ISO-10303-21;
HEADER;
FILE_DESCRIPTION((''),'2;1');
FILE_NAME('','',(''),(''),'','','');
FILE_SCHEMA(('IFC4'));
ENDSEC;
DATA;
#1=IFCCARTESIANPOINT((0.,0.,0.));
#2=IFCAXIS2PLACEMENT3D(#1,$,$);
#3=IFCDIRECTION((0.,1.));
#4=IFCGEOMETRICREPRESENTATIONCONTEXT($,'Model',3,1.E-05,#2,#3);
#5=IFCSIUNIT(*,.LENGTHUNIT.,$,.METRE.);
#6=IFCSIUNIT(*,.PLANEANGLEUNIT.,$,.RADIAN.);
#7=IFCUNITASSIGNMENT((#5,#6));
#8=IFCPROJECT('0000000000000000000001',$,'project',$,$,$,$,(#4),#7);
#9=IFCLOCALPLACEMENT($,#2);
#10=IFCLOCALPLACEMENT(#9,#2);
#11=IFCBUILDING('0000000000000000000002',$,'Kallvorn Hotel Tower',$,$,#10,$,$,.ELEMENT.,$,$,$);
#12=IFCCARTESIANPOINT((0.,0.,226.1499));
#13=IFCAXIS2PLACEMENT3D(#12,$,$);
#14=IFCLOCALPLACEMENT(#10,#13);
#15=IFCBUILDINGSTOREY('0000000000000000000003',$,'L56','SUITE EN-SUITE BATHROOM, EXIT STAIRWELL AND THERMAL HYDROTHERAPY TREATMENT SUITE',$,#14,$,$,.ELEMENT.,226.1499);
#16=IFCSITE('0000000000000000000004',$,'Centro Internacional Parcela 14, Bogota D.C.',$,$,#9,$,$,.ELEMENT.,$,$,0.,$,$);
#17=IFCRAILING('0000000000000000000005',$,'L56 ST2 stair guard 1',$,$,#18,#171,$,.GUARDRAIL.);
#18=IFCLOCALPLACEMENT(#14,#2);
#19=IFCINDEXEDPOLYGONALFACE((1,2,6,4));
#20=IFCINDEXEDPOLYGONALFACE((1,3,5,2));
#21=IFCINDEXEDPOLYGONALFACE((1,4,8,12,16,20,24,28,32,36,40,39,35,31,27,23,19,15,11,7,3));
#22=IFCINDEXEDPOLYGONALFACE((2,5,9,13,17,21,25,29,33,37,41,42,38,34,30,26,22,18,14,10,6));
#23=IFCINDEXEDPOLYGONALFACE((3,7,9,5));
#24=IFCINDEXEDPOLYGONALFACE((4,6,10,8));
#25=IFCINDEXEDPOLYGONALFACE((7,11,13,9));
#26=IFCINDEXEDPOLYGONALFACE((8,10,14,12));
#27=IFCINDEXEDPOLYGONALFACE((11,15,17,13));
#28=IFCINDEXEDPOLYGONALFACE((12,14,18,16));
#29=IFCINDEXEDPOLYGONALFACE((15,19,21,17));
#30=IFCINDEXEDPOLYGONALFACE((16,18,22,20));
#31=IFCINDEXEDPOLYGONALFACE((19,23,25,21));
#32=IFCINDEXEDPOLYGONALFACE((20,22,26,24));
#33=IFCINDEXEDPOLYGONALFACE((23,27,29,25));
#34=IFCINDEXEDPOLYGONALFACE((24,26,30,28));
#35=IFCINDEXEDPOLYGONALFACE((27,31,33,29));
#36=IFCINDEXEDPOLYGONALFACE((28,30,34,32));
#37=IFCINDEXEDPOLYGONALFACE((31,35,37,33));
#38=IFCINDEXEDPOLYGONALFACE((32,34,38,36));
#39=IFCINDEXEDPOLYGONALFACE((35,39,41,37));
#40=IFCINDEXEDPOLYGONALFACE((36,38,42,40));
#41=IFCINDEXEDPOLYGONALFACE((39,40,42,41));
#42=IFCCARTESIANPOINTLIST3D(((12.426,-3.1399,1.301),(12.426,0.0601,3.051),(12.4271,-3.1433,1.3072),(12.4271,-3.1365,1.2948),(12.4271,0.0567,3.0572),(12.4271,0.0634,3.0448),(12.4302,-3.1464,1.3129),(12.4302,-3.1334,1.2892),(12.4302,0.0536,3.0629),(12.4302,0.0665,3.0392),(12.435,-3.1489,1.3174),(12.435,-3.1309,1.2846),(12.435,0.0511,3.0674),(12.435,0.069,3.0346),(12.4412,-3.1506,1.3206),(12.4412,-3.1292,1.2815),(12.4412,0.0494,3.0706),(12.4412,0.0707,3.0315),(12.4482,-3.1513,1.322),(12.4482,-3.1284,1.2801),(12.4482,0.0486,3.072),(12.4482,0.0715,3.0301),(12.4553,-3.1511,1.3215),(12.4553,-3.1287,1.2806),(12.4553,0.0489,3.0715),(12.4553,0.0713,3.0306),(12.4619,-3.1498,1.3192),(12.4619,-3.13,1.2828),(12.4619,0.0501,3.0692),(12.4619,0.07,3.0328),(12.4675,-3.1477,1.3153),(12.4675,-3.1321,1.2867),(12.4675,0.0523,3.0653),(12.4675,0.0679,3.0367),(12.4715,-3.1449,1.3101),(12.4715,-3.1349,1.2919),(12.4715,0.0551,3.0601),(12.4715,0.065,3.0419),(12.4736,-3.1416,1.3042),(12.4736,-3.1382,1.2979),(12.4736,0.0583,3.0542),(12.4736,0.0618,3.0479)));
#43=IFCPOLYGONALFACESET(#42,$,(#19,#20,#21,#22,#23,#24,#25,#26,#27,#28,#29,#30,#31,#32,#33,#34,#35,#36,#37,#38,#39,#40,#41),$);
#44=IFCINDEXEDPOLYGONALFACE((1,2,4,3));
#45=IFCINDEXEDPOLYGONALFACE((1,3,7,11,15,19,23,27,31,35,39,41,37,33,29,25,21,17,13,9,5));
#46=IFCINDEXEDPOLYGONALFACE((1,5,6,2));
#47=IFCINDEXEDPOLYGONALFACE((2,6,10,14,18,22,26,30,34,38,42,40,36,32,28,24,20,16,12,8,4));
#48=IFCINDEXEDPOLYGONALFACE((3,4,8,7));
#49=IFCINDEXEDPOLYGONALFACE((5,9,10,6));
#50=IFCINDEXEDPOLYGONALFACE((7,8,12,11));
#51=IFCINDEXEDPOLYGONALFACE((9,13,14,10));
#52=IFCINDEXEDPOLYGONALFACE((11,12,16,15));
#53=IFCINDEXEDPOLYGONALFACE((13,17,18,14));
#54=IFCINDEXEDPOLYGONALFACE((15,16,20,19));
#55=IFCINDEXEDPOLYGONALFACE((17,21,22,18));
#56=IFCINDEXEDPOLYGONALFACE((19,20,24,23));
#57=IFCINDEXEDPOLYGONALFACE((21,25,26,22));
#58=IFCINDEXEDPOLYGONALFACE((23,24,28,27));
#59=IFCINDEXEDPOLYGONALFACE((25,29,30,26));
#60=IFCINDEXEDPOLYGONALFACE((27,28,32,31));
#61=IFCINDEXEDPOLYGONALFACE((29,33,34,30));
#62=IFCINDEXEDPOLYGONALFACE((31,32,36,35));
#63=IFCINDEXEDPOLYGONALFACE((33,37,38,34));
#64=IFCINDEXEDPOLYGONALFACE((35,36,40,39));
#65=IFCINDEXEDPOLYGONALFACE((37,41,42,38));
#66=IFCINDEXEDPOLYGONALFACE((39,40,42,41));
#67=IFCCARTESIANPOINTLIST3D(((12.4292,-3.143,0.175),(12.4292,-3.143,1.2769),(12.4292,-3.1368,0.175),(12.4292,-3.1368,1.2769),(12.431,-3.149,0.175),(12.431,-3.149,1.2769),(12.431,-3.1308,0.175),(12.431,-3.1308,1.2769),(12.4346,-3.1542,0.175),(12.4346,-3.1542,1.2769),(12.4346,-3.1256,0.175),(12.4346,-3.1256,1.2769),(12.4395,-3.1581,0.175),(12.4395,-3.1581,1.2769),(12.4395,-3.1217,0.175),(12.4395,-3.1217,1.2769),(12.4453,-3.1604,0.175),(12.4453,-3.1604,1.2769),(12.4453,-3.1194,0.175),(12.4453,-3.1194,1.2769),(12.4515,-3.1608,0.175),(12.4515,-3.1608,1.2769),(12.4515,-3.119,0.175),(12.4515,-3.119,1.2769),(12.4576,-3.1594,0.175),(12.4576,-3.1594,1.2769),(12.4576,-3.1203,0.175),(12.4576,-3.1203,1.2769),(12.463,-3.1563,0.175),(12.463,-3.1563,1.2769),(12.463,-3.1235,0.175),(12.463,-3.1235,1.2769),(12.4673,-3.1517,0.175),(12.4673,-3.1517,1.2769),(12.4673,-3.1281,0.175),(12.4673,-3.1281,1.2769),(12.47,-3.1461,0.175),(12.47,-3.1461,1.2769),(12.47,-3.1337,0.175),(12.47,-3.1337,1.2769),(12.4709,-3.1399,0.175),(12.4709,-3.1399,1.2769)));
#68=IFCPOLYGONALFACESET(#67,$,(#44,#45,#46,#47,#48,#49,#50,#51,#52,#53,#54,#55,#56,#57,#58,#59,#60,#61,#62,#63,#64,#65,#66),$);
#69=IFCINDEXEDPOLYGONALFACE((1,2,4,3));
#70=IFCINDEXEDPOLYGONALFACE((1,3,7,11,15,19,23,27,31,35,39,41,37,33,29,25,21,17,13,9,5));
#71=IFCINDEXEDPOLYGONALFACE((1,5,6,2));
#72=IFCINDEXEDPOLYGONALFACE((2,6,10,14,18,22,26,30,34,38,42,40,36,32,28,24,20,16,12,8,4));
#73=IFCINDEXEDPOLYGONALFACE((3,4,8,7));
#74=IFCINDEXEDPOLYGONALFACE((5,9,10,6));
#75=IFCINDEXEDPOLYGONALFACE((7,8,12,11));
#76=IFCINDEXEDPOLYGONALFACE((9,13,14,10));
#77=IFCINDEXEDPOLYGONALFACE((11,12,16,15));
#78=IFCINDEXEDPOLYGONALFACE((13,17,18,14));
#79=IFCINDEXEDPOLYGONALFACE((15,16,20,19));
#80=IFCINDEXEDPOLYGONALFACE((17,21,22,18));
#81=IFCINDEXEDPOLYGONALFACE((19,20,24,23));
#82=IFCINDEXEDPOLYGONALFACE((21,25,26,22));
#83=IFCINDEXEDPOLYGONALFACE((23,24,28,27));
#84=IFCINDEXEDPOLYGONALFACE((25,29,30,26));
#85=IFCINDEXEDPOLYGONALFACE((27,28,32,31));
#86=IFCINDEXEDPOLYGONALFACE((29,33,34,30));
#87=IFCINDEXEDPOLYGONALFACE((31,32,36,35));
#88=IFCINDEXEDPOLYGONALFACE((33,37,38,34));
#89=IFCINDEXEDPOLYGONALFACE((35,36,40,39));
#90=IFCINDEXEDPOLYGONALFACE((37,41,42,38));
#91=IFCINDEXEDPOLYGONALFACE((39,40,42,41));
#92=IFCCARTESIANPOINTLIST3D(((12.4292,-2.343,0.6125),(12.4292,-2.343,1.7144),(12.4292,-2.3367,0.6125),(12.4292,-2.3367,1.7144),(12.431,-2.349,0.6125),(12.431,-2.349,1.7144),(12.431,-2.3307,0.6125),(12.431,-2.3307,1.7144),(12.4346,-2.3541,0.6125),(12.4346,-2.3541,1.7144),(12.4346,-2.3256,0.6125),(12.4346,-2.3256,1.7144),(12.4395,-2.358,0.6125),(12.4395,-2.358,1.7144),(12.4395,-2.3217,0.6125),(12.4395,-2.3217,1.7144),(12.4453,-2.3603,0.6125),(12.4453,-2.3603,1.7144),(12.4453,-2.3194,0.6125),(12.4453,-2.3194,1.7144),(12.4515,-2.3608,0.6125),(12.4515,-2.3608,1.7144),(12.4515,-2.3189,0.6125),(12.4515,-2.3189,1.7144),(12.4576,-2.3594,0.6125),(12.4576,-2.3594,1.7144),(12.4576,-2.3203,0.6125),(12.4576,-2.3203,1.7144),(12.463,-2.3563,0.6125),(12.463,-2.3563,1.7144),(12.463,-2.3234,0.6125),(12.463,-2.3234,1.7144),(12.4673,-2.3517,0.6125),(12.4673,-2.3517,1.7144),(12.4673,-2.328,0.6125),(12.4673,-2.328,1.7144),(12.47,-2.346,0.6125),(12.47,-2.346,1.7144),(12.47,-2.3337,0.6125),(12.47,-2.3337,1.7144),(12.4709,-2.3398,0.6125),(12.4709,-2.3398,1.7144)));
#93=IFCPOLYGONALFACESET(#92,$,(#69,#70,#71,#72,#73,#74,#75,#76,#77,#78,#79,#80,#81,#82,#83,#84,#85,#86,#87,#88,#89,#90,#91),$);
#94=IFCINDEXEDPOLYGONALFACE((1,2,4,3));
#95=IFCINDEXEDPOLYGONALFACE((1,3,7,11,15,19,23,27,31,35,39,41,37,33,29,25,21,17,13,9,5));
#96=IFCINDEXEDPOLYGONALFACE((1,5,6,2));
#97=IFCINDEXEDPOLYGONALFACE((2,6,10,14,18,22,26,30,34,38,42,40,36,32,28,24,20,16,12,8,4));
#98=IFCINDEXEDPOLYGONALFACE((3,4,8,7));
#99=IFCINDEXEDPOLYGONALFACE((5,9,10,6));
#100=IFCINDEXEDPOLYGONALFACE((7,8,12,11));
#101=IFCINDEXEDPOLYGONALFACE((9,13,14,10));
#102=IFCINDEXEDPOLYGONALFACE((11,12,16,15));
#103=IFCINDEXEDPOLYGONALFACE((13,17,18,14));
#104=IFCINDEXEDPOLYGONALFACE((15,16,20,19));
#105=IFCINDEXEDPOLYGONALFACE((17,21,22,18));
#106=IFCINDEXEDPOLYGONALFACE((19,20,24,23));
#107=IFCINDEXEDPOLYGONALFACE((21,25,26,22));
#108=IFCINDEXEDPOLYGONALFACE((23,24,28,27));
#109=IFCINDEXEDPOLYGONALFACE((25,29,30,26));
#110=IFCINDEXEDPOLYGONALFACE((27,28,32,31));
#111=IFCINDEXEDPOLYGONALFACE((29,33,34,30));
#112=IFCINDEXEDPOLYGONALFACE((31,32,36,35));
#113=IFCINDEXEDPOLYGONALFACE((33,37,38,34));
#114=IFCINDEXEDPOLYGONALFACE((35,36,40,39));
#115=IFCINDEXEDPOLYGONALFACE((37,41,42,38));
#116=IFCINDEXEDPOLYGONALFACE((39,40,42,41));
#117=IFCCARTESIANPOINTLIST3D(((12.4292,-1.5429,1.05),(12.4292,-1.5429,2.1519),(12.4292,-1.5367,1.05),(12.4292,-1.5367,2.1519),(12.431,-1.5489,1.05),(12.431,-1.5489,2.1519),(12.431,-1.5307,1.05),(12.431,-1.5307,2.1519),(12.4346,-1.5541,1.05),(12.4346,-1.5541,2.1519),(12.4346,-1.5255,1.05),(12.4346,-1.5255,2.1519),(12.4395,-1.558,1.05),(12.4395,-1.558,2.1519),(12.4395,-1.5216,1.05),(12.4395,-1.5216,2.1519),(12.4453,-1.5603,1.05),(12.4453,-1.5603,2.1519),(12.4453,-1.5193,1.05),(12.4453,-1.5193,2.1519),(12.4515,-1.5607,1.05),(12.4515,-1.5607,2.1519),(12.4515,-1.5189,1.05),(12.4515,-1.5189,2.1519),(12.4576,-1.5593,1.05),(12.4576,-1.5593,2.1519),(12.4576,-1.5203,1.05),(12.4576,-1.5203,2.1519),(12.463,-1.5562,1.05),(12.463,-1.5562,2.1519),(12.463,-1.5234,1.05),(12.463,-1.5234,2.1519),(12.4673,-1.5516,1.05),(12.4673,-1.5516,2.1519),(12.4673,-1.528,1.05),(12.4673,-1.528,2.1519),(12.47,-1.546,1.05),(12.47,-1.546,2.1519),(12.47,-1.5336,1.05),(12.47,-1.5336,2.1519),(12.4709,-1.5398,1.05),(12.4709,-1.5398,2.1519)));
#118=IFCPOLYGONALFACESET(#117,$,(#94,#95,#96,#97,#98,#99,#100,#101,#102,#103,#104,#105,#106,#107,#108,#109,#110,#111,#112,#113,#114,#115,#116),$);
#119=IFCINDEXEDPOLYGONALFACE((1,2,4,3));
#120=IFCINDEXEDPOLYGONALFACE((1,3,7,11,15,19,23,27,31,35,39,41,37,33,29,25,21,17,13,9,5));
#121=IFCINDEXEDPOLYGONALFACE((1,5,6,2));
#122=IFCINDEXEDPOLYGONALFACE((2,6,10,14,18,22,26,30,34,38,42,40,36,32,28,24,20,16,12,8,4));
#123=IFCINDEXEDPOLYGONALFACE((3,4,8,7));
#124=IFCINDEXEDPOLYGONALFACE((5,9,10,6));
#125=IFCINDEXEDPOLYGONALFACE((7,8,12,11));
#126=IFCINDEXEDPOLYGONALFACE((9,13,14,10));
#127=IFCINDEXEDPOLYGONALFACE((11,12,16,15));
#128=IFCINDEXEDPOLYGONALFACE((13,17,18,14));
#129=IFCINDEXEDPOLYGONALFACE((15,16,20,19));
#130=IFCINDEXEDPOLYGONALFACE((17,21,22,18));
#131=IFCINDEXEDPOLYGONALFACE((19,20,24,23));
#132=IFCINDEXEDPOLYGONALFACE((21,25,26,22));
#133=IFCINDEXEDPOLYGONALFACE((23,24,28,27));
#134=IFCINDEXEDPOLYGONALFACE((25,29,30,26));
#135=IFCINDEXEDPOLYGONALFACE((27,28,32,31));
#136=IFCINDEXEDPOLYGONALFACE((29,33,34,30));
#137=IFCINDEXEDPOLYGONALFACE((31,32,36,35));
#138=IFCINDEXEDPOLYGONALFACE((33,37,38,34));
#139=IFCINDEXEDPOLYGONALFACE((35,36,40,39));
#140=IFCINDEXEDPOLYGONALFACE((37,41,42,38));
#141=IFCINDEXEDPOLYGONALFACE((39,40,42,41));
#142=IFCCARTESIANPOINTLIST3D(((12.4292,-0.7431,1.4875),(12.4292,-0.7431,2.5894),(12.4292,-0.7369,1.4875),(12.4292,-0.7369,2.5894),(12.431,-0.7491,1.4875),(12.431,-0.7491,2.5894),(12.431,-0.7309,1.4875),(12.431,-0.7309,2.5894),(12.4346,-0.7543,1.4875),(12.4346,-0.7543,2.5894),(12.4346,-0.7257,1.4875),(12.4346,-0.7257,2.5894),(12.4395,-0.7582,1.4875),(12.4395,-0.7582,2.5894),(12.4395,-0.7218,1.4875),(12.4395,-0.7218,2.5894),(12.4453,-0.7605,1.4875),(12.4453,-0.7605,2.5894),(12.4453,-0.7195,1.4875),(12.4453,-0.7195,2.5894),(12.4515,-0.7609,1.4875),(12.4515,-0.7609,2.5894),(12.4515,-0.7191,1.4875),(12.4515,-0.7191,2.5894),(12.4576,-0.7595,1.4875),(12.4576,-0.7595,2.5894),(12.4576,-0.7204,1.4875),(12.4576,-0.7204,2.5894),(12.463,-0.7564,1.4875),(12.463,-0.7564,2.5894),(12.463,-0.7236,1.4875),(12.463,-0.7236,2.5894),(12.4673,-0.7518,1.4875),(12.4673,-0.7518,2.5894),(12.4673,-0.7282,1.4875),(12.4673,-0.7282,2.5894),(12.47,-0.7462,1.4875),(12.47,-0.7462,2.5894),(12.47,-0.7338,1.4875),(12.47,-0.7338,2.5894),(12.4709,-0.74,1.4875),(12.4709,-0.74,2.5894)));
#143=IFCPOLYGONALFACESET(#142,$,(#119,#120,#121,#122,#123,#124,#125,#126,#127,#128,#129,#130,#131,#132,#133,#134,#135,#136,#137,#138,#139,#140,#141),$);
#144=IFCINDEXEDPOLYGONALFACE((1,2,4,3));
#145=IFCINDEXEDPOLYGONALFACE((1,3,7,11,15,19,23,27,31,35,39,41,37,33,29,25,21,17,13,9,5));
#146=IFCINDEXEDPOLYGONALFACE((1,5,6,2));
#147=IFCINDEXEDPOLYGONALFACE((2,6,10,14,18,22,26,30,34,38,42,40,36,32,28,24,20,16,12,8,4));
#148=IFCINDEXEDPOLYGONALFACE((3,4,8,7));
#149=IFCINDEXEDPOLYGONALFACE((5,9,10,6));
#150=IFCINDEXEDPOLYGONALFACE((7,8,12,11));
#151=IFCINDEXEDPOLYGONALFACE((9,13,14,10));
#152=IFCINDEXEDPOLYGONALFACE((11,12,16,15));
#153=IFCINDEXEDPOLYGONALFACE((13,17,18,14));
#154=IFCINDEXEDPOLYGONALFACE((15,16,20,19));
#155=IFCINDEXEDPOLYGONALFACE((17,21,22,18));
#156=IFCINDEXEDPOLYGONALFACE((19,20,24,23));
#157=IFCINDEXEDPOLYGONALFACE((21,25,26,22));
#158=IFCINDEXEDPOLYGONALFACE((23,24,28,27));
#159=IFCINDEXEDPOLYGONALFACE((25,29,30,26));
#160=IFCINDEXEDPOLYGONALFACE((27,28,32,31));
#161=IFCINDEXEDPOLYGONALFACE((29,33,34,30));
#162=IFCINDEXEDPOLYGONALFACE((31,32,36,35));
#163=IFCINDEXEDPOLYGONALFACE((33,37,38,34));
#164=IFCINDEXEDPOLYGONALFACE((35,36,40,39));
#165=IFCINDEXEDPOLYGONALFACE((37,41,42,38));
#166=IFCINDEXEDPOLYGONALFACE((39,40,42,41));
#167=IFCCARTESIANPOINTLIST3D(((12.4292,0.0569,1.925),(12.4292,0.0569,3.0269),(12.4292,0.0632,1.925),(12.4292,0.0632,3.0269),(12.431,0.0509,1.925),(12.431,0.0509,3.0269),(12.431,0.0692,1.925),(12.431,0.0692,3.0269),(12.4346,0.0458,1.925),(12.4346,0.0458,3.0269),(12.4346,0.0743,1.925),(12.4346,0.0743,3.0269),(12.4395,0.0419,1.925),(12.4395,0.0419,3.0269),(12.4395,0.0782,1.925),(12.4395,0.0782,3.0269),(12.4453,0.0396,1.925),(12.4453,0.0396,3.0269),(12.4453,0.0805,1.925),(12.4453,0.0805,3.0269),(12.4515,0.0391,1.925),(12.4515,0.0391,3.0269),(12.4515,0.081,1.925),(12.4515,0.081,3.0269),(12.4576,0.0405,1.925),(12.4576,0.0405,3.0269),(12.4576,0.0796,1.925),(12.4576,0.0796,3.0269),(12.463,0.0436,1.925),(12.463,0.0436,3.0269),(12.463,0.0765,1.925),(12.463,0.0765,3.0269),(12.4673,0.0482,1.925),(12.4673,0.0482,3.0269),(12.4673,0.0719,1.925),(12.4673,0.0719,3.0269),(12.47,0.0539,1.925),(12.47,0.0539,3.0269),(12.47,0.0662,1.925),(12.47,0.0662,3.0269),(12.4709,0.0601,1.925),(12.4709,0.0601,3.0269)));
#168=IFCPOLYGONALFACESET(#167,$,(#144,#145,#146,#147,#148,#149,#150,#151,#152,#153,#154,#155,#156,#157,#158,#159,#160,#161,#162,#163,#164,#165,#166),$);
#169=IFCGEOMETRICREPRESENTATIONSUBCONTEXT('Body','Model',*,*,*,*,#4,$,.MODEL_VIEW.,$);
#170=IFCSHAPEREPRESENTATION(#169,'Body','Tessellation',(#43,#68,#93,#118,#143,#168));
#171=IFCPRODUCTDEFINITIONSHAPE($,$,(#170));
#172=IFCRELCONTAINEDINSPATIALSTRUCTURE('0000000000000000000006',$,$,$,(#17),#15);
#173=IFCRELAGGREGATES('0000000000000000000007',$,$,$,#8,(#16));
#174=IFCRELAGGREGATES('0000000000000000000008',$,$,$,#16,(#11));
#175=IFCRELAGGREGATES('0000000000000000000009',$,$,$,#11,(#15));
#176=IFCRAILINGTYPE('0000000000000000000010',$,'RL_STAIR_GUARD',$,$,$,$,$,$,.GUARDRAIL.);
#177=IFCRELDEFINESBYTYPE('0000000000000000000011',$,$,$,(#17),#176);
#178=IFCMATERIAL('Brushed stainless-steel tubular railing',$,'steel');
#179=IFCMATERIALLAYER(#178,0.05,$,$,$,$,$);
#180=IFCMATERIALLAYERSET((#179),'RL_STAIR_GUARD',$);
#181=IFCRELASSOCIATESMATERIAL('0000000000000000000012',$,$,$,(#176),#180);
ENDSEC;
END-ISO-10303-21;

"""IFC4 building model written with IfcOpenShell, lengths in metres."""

from ifc_helpers import new_model, si_unit, direction, frame, origin, origin_2d, place, context, subcontext, project, spatial, circle, extrude, material, layer, layer_set, type_object, element, save


model = new_model("IFC4")

# Units and contexts
model_context = context("Model", 3, precision=1e-05, world=origin(), true_north=direction((0.0, 1.0)))
body_context = subcontext(model_context, "Body", "Model", "MODEL_VIEW")
ifc_project = project(units=[si_unit("LENGTHUNIT", "METRE"), si_unit("PLANEANGLEUNIT", "RADIAN")], contexts=[model_context])

# Site, building, storey
site_placement = place(None, origin())
site = spatial("IfcSite", under=ifc_project, at=site_placement, Name="Centro Internacional Parcela 14, Bogota D.C.", CompositionType="ELEMENT", RefElevation=0.0)
building_placement = place(site_placement, origin())
building = spatial("IfcBuilding", under=site, at=building_placement, Name="Kallvorn Hotel Tower", CompositionType="ELEMENT")
storey_placement = place(building_placement, frame((0.0, 0.0, 226.1499)))
storey = spatial("IfcBuildingStorey", under=building, at=storey_placement, Name="L56", Description="SUITE EN-SUITE BATHROOM, EXIT STAIRWELL AND THERMAL HYDROTHERAPY TREATMENT SUITE", CompositionType="ELEMENT", Elevation=226.1499)

# Railing
ifc_material_1 = material(Name="Brushed stainless-steel tubular railing", Category="steel")
ifc_layer_1 = layer(ifc_material_1, 0.05)
ifc_layer_set_1 = layer_set([ifc_layer_1], Name="RL_STAIR_GUARD")
railing_type_1 = type_object("IfcRailingType", Name="RL_STAIR_GUARD", PredefinedType="GUARDRAIL", material=ifc_layer_set_1)
railing_1_placement = place(storey_placement, frame((12.45, -3.1399, 0.175)))
element("IfcRailing", 1, at=railing_1_placement, inside=storey, type_object=railing_type_1, Name="L56 ST2 stair guard 1", PredefinedType="GUARDRAIL", context=body_context, shape_type="SweptSolid", body=[
    extrude(circle(Radius=0.0239, at=origin_2d()), frame((0.0, 0.0, 1.126), z_axis=(0.0, 0.877368, 0.479818), x_axis=(-1.0, 0.0, 0.0)), (0.0, 0.0, 1.0), 3.6472),
    extrude(circle(Radius=0.021, at=origin_2d()), origin(), (0.0, 0.0, 1.0), 1.1018),
    extrude(circle(Radius=0.021, at=origin_2d()), frame((0.0, 0.8, 0.4375)), (0.0, 0.0, 1.0), 1.1018),
    extrude(circle(Radius=0.021, at=origin_2d()), frame((0.0, 1.6001, 0.875)), (0.0, 0.0, 1.0), 1.1018),
    extrude(circle(Radius=0.021, at=origin_2d()), frame((0.0, 2.3999, 1.3125)), (0.0, 0.0, 1.0), 1.1018),
    extrude(circle(Radius=0.021, at=origin_2d()), frame((0.0, 3.2, 1.75)), (0.0, 0.0, 1.0), 1.1018),
])

save(model, "model.ifc")
